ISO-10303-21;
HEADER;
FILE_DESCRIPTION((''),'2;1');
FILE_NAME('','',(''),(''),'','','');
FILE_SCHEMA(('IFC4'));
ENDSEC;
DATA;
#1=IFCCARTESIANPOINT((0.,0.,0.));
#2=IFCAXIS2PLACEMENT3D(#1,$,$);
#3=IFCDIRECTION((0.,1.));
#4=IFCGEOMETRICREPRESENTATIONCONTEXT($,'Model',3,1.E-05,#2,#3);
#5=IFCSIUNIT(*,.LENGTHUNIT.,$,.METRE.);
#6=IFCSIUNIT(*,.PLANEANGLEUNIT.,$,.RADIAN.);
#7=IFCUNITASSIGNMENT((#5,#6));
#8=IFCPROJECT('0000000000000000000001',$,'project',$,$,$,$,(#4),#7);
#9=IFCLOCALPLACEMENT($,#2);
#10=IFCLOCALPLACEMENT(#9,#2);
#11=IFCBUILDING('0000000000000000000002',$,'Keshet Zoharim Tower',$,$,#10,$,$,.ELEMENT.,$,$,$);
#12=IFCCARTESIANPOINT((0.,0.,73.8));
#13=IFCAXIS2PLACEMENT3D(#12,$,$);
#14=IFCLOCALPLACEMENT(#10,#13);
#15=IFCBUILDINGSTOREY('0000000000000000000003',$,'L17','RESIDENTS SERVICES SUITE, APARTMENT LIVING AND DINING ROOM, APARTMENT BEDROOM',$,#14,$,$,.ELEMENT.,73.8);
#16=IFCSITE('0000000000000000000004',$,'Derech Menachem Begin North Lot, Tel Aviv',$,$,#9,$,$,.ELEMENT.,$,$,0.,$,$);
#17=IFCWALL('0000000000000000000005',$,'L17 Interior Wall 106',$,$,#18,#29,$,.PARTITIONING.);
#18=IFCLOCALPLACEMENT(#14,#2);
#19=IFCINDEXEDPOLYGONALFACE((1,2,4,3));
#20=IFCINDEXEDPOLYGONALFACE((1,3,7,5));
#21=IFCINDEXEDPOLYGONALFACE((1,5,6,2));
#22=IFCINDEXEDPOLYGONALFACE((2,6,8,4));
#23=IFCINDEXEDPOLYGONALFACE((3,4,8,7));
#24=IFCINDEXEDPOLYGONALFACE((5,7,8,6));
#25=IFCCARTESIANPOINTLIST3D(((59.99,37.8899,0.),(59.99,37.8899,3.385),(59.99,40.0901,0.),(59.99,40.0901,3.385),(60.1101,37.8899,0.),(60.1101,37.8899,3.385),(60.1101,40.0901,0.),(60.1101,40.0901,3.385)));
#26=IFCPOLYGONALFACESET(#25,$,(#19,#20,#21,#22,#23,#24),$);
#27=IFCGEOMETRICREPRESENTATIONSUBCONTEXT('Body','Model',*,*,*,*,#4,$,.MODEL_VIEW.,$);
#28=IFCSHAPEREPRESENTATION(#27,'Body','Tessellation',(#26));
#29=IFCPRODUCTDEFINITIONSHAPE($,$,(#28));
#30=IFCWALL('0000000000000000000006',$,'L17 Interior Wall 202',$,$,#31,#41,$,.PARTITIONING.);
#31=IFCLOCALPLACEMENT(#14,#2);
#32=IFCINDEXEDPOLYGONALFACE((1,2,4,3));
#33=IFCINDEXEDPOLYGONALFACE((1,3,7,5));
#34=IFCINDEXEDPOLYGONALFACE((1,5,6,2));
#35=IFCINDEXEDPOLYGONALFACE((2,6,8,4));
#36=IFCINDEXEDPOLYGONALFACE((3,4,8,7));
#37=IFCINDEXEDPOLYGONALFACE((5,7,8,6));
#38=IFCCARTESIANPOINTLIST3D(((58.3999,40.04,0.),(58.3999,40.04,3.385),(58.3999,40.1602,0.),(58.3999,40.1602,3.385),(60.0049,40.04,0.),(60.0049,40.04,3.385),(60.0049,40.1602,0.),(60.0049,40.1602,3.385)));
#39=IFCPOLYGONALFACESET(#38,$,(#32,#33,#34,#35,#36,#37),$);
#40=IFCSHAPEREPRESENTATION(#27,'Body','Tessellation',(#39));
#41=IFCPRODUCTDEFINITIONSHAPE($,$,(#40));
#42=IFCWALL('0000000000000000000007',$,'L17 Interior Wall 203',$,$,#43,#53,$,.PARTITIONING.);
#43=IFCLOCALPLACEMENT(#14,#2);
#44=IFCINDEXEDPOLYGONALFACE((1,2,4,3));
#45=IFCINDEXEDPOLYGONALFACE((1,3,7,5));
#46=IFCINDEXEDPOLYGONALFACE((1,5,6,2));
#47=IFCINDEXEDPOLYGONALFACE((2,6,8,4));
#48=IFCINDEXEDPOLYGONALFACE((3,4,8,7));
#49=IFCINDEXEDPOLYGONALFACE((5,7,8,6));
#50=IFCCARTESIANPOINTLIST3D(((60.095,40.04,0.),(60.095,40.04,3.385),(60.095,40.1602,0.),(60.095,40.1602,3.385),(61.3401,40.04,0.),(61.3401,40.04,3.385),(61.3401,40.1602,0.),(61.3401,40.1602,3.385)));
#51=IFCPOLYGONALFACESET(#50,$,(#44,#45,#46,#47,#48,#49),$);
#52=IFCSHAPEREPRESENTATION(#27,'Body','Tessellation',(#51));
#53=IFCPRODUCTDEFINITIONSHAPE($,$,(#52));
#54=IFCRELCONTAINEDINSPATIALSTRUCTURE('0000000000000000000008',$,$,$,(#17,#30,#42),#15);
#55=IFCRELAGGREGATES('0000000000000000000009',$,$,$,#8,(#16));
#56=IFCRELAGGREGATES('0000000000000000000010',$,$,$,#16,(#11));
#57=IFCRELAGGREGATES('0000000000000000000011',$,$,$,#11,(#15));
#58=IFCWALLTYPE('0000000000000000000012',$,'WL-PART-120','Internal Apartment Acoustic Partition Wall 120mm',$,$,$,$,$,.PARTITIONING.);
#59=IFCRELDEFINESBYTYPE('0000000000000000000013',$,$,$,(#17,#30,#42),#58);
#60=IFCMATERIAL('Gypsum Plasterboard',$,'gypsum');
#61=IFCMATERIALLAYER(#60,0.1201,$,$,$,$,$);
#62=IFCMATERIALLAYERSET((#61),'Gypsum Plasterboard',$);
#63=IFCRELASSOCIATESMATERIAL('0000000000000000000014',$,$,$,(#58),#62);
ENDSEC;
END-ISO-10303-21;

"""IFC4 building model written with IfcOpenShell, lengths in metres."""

from ifc_helpers import new_model, si_unit, direction, frame, frame_2d, origin, place, context, subcontext, project, spatial, rectangle, extrude, material, layer, layer_set, type_object, element, save


model = new_model("IFC4")

# Units and contexts
model_context = context("Model", 3, precision=1e-05, world=origin(), true_north=direction((0.0, 1.0)))
body_context = subcontext(model_context, "Body", "Model", "MODEL_VIEW")
ifc_project = project(units=[si_unit("LENGTHUNIT", "METRE"), si_unit("PLANEANGLEUNIT", "RADIAN")], contexts=[model_context])

# Site, building, storey
site_placement = place(None, origin())
site = spatial("IfcSite", under=ifc_project, at=site_placement, Name="Derech Menachem Begin North Lot, Tel Aviv", CompositionType="ELEMENT", RefElevation=0.0)
building_placement = place(site_placement, origin())
building = spatial("IfcBuilding", under=site, at=building_placement, Name="Keshet Zoharim Tower", CompositionType="ELEMENT")
storey_placement = place(building_placement, frame((0.0, 0.0, 73.8)))
storey = spatial("IfcBuildingStorey", under=building, at=storey_placement, Name="L17", Description="RESIDENTS SERVICES SUITE, APARTMENT LIVING AND DINING ROOM, APARTMENT BEDROOM", CompositionType="ELEMENT", Elevation=73.8)

# Walls
ifc_material_1 = material(Name="Gypsum Plasterboard", Category="gypsum")
ifc_layer_1 = layer(ifc_material_1, 0.1201)
ifc_layer_set_1 = layer_set([ifc_layer_1], Name="Gypsum Plasterboard")
wall_type = type_object("IfcWallType", Name="WL-PART-120", Description="Internal Apartment Acoustic Partition Wall 120mm", PredefinedType="PARTITIONING", material=ifc_layer_set_1)
wall_1_placement = place(storey_placement, frame((60.05, 37.8899, 0.0), z_axis=(0.0, 0.0, 1.0), x_axis=(0.0, 1.0, 0.0)))
element("IfcWall", 1, at=wall_1_placement, inside=storey, type_object=wall_type, Name="L17 Interior Wall 106", PredefinedType="PARTITIONING", context=body_context, shape_type="SweptSolid", body=[
    extrude(rectangle(XDim=2.2002, YDim=0.1201, at=frame_2d((1.1001, 0.0))), origin(), (0.0, 0.0, 1.0), 3.385),
])
wall_2_placement = place(storey_placement, frame((58.3999, 40.1001, 0.0), z_axis=(0.0, 0.0, 1.0), x_axis=(1.0, 0.0, 0.0)))
element("IfcWall", 2, at=wall_2_placement, inside=storey, type_object=wall_type, Name="L17 Interior Wall 202", PredefinedType="PARTITIONING", context=body_context, shape_type="SweptSolid", body=[
    extrude(rectangle(XDim=1.605, YDim=0.1201, at=frame_2d((0.8025, 0.0))), origin(), (0.0, 0.0, 1.0), 3.385),
])
wall_3_placement = place(storey_placement, frame((60.095, 40.1001, 0.0), z_axis=(0.0, 0.0, 1.0), x_axis=(1.0, 0.0, 0.0)))
element("IfcWall", 3, at=wall_3_placement, inside=storey, type_object=wall_type, Name="L17 Interior Wall 203", PredefinedType="PARTITIONING", context=body_context, shape_type="SweptSolid", body=[
    extrude(rectangle(XDim=1.2451, YDim=0.1201, at=frame_2d((0.6226, 0.0))), origin(), (0.0, 0.0, 1.0), 3.385),
])

save(model, "model.ifc")
